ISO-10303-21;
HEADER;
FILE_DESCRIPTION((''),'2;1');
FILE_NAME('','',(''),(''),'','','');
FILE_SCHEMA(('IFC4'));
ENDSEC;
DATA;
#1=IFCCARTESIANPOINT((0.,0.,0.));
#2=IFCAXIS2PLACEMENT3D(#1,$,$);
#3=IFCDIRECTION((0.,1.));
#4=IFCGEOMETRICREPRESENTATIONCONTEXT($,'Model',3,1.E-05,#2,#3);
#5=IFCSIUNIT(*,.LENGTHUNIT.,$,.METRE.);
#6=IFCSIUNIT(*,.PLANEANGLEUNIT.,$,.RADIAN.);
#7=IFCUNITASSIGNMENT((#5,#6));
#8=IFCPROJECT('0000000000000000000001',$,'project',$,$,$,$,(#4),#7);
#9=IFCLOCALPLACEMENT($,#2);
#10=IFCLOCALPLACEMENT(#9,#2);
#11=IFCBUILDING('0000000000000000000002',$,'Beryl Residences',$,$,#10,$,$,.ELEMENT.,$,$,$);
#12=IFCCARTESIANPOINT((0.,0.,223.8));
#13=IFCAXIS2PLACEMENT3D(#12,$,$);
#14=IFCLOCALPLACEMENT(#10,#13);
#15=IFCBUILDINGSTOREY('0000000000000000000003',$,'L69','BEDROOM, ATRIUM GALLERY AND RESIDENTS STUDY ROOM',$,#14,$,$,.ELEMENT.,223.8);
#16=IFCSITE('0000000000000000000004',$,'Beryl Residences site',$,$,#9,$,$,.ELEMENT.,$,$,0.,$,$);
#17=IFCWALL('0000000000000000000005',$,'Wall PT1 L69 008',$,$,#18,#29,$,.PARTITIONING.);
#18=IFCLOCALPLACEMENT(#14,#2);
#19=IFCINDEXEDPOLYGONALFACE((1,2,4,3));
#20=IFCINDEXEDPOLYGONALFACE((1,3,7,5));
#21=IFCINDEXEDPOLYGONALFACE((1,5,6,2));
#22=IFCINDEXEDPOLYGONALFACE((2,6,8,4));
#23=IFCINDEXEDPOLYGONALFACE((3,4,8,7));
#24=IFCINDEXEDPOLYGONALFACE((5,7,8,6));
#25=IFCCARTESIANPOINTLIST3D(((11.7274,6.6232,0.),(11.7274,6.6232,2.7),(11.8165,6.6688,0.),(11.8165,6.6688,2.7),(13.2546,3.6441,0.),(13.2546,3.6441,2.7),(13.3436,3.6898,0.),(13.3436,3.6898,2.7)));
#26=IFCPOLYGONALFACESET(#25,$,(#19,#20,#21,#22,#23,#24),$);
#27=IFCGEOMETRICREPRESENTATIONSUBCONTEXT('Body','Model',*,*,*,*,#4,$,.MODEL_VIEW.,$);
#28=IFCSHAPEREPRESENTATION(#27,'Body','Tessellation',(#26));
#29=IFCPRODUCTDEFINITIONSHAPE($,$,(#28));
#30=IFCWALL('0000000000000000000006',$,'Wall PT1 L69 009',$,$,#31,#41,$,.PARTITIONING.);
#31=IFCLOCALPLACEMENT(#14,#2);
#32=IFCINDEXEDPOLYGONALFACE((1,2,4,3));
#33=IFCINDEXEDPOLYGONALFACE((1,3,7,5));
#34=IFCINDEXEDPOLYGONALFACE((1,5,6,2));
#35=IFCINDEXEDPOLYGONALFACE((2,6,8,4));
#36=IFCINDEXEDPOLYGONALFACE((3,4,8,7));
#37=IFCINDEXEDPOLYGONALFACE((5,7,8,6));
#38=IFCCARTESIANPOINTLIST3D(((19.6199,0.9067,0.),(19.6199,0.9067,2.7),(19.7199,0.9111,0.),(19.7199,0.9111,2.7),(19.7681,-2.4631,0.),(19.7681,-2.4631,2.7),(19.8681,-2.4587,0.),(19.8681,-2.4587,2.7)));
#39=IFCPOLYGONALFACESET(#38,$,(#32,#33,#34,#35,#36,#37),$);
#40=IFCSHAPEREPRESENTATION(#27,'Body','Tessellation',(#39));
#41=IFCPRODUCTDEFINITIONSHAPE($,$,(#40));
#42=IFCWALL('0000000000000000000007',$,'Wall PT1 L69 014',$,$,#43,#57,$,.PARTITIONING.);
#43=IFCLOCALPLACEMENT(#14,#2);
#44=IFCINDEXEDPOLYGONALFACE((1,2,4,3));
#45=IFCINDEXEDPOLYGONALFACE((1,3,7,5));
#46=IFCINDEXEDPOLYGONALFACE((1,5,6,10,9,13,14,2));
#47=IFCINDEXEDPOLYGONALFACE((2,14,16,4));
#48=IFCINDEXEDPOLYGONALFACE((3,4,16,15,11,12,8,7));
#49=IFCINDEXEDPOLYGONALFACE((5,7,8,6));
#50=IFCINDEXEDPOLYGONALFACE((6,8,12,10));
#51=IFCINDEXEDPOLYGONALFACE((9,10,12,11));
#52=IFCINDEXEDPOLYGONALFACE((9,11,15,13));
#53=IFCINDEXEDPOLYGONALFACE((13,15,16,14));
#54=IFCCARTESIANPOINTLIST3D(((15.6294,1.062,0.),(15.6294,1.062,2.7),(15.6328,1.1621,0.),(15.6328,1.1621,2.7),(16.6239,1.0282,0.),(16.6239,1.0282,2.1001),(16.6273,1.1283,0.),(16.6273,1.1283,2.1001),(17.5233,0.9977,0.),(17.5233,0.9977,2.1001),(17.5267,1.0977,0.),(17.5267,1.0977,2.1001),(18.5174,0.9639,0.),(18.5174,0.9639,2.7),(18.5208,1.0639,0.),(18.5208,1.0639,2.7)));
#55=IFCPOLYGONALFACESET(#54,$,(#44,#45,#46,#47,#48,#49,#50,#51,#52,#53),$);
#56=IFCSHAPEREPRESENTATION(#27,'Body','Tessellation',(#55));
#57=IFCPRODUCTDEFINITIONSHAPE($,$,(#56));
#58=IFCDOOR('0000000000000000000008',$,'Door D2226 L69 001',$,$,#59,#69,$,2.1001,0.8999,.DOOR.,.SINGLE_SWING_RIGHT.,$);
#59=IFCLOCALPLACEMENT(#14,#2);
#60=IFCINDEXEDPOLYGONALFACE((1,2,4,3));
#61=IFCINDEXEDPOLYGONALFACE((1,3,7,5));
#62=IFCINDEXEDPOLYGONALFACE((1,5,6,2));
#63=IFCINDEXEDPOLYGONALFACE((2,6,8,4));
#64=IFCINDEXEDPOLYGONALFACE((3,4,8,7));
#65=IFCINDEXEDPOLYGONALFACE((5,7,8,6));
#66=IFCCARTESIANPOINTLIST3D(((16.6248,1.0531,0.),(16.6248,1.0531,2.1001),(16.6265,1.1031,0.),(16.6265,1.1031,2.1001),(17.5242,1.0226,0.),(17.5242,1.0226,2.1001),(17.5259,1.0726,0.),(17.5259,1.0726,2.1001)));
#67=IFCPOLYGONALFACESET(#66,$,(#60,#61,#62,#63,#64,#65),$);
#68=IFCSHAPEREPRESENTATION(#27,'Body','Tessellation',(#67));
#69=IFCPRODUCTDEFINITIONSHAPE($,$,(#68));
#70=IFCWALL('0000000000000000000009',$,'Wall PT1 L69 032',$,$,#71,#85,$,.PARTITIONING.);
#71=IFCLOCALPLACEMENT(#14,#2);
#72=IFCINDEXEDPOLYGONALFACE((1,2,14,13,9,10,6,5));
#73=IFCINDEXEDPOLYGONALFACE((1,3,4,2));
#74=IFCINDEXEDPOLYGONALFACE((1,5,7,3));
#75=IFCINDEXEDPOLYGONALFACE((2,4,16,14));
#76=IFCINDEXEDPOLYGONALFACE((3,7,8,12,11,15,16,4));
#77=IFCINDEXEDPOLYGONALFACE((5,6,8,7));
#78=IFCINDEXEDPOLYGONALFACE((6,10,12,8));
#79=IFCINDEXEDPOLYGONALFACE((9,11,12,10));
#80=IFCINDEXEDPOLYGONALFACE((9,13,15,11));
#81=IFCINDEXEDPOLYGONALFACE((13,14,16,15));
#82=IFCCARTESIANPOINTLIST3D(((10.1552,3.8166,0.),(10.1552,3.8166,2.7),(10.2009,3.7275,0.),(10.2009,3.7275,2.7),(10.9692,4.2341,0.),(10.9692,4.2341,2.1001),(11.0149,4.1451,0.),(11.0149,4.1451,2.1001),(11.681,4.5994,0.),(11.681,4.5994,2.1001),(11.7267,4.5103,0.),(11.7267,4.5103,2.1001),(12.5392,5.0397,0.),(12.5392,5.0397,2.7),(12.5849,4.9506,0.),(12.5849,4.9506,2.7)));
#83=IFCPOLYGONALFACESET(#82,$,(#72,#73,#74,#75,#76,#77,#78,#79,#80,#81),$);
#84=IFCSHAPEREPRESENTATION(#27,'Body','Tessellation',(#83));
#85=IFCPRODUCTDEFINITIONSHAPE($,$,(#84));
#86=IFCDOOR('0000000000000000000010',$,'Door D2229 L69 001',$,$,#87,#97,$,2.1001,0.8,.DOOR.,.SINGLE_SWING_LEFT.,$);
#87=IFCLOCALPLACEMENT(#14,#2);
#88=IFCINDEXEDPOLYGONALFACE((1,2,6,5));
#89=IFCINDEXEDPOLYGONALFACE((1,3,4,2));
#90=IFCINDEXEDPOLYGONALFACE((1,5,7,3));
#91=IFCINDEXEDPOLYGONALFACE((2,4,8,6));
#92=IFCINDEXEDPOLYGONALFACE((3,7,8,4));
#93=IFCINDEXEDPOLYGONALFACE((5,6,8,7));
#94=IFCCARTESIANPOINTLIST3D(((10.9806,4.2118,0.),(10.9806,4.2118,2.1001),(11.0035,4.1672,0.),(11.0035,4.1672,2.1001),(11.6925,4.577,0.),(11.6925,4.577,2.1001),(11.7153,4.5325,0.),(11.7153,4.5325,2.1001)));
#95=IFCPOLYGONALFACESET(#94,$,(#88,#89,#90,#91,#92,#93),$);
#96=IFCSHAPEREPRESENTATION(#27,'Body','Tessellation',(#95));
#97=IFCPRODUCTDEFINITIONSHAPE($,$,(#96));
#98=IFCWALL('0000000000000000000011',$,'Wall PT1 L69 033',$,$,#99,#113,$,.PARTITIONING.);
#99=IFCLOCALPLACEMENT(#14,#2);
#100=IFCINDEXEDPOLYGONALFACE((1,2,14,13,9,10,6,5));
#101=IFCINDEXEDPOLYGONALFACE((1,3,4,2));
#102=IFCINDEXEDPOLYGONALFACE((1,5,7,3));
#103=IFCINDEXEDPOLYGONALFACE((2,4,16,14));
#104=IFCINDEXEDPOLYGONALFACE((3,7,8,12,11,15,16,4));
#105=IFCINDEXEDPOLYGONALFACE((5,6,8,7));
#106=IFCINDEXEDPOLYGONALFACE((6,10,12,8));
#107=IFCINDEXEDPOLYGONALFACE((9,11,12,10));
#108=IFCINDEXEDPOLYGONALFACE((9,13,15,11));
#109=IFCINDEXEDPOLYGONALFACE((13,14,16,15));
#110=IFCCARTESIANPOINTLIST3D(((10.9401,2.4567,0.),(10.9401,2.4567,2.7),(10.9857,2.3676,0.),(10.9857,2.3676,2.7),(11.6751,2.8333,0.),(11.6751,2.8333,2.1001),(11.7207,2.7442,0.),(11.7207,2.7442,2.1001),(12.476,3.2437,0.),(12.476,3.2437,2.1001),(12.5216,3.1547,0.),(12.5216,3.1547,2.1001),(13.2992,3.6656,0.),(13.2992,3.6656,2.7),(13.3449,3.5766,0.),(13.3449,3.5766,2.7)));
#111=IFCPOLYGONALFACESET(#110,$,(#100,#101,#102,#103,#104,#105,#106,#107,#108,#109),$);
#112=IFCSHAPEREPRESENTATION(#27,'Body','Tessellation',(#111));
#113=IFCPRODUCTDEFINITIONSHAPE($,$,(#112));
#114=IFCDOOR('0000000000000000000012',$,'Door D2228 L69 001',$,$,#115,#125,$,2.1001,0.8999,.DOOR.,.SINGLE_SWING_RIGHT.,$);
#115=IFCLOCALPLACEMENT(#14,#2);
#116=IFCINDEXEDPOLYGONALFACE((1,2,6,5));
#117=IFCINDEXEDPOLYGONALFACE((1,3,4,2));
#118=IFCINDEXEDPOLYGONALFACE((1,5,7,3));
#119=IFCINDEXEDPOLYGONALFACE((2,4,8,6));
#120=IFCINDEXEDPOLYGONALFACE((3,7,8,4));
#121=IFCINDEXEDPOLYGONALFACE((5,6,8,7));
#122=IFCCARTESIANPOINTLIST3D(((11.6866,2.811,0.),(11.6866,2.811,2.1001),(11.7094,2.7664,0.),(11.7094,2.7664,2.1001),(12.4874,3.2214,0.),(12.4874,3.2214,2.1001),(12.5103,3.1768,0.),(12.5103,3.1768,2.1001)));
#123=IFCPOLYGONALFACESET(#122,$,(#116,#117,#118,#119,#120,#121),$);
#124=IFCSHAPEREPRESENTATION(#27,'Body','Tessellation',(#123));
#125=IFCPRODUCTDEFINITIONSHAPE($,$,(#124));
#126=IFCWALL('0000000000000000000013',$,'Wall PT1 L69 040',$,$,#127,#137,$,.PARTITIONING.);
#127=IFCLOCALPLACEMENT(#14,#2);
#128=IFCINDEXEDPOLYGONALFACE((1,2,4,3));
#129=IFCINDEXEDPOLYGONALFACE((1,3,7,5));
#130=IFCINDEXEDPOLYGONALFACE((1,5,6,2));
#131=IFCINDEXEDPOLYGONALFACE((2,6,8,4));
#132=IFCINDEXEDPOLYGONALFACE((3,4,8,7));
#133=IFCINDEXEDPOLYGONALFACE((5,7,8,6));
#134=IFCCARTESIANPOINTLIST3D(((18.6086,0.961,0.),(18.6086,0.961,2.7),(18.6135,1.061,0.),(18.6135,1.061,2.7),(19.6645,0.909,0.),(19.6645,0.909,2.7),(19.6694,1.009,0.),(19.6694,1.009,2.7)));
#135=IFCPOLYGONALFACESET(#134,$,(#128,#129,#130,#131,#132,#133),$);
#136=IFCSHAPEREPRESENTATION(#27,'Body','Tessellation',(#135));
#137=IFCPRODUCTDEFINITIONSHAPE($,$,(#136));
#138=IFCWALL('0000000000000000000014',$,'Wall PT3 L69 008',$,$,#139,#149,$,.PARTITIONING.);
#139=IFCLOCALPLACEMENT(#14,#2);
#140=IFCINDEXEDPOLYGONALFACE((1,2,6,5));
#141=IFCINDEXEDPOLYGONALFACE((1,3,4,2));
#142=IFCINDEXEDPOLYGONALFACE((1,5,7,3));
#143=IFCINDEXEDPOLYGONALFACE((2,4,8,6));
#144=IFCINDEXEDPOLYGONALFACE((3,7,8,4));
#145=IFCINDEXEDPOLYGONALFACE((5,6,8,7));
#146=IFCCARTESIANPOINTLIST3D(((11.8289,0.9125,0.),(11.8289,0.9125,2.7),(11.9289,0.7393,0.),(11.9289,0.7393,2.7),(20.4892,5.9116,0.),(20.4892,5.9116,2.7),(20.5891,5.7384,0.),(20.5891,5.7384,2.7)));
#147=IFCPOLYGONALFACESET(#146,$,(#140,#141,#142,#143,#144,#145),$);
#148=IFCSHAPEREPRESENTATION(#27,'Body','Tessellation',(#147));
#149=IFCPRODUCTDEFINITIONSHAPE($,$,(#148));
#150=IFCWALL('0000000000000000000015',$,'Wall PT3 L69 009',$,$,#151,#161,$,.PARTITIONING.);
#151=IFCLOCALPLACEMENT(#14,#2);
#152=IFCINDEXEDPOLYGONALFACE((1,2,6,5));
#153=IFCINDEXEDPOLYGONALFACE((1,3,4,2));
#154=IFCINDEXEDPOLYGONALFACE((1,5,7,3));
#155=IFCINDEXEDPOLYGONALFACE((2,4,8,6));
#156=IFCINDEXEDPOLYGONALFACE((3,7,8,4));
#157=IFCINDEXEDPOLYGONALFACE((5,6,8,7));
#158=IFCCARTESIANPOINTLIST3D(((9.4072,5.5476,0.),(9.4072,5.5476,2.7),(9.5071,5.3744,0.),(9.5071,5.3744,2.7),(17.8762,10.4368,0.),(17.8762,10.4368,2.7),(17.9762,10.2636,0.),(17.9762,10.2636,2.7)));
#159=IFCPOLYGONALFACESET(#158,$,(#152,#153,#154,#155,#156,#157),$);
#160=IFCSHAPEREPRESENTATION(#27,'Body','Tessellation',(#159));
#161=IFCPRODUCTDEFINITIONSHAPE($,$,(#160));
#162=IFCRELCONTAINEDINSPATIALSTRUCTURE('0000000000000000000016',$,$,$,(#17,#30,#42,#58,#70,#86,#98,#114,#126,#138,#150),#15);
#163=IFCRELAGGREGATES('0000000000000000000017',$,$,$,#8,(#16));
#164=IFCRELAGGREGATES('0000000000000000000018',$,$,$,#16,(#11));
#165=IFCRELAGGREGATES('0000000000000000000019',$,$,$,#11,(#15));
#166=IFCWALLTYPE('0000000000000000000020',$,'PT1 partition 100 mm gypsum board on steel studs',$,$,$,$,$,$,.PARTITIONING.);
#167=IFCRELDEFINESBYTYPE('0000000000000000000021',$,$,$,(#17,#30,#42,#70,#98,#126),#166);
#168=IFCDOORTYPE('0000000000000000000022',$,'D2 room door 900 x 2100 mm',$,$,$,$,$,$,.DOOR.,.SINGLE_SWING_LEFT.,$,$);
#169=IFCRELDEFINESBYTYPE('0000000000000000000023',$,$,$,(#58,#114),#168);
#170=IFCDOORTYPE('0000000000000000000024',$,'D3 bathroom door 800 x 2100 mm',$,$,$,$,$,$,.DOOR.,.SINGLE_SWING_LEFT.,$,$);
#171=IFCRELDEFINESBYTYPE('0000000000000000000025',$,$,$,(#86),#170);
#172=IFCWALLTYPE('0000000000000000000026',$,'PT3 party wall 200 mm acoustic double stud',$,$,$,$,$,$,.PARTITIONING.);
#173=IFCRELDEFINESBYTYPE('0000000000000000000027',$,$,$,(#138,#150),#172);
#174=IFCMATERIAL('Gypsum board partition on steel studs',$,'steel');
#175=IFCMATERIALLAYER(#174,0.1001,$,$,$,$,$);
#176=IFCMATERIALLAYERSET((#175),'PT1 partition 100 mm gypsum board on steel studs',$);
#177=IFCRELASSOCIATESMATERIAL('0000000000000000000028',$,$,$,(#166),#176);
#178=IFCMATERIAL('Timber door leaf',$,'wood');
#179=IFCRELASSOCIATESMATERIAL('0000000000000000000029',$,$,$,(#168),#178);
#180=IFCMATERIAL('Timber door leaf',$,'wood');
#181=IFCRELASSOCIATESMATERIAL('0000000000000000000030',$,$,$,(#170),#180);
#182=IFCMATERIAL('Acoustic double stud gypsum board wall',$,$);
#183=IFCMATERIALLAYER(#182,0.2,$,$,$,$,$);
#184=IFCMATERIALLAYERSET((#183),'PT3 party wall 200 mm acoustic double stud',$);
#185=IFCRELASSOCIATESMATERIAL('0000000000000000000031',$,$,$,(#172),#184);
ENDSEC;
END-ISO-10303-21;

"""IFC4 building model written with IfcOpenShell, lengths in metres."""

from ifc_helpers import new_model, si_unit, direction, frame, frame_2d, origin, place, context, subcontext, project, spatial, rectangle, extrude, material, layer, layer_set, type_object, element, fill, save


model = new_model("IFC4")

# Units and contexts
model_context = context("Model", 3, precision=1e-05, world=origin(), true_north=direction((0.0, 1.0)))
body_context = subcontext(model_context, "Body", "Model", "MODEL_VIEW")
ifc_project = project(units=[si_unit("LENGTHUNIT", "METRE"), si_unit("PLANEANGLEUNIT", "RADIAN")], contexts=[model_context])

# Site, building, storey
site_placement = place(None, origin())
site = spatial("IfcSite", under=ifc_project, at=site_placement, Name="Beryl Residences site", CompositionType="ELEMENT", RefElevation=0.0)
building_placement = place(site_placement, origin())
building = spatial("IfcBuilding", under=site, at=building_placement, Name="Beryl Residences", CompositionType="ELEMENT")
storey_placement = place(building_placement, frame((0.0, 0.0, 223.8)))
storey = spatial("IfcBuildingStorey", under=building, at=storey_placement, Name="L69", Description="BEDROOM, ATRIUM GALLERY AND RESIDENTS STUDY ROOM", CompositionType="ELEMENT", Elevation=223.8)

# Walls
ifc_material_1 = material(Name="Gypsum board partition on steel studs", Category="steel")
ifc_layer_1 = layer(ifc_material_1, 0.1001)
ifc_layer_set_1 = layer_set([ifc_layer_1], Name="PT1 partition 100 mm gypsum board on steel studs")
wall_type_1 = type_object("IfcWallType", Name="PT1 partition 100 mm gypsum board on steel studs", PredefinedType="PARTITIONING", material=ifc_layer_set_1)
wall_1_placement = place(storey_placement, frame((11.772, 6.646, 0.0), z_axis=(0.0, 0.0, 1.0), x_axis=(0.456176, -0.88989, 0.0)))
element("IfcWall", 1, at=wall_1_placement, inside=storey, type_object=wall_type_1, Name="Wall PT1 L69 008", PredefinedType="PARTITIONING", context=body_context, shape_type="SweptSolid", body=[
    extrude(rectangle(XDim=3.3477, YDim=0.1001, at=frame_2d((1.6738, 0.0))), origin(), (0.0, 0.0, 1.0), 2.7),
])
wall_2_placement = place(storey_placement, frame((19.6699, 0.9089, 0.0), z_axis=(0.0, 0.0, 1.0), x_axis=(0.043933, -0.999034, 0.0)))
element("IfcWall", 2, at=wall_2_placement, inside=storey, type_object=wall_type_1, Name="Wall PT1 L69 009", PredefinedType="PARTITIONING", context=body_context, shape_type="SweptSolid", body=[
    extrude(rectangle(XDim=3.373, YDim=0.1001, at=frame_2d((1.6865, 0.0))), origin(), (0.0, 0.0, 1.0), 2.7),
])

# Walls, openings, doors
wall_3_placement = place(storey_placement, frame((15.6311, 1.1121, 0.0), z_axis=(0.0, 0.0, 1.0), x_axis=(0.999423, -0.033965, 0.0)))
wall_3 = element("IfcWall", 3, at=wall_3_placement, inside=storey, type_object=wall_type_1, Name="Wall PT1 L69 014", PredefinedType="PARTITIONING", context=body_context, shape_type="SweptSolid", body=[
    extrude(rectangle(XDim=2.8896, YDim=0.1001, at=frame_2d((1.4448, 0.0))), origin(), (0.0, 0.0, 1.0), 2.7),
])
opening_1_placement = place(wall_3_placement, frame((0.9951, 0.0, 0.0)))
opening_1 = element("IfcOpeningElement", 4, at=opening_1_placement, cuts=wall_3, PredefinedType="OPENING", context=body_context, shape_type="SweptSolid", body=[
    extrude(rectangle(XDim=0.8999, YDim=2.1001, at=frame_2d((0.45, 1.05))), frame((0.0, 0.0601, 0.0), z_axis=(0.0, -1.0, 0.0), x_axis=(1.0, 0.0, 0.0)), (0.0, 0.0, 1.0), 0.1201),
])
ifc_material_2 = material(Name="Timber door leaf", Category="wood")
door_type_1 = type_object("IfcDoorType", Name="D2 room door 900 x 2100 mm", OperationType="SINGLE_SWING_LEFT", PredefinedType="DOOR", material=ifc_material_2)
door_1_placement = place(opening_1_placement, origin())
door_1 = element("IfcDoor", 5, at=door_1_placement, inside=storey, type_object=door_type_1, Name="Door D2226 L69 001", OperationType="SINGLE_SWING_RIGHT", OverallHeight=2.1001, OverallWidth=0.8999, PredefinedType="DOOR", context=body_context, shape_type="SweptSolid", body=[
    extrude(rectangle(XDim=0.8999, YDim=2.1001, at=frame_2d((0.45, 1.05))), frame((0.0, 0.0249, 0.0), z_axis=(0.0, -1.0, 0.0), x_axis=(1.0, 0.0, 0.0)), (0.0, 0.0, 1.0), 0.05),
])
fill(opening_1, door_1)
wall_4_placement = place(storey_placement, frame((10.178, 3.772, 0.0), z_axis=(0.0, 0.0, 1.0), x_axis=(0.889732, 0.456483, 0.0)))
wall_4 = element("IfcWall", 6, at=wall_4_placement, inside=storey, type_object=wall_type_1, Name="Wall PT1 L69 032", PredefinedType="PARTITIONING", context=body_context, shape_type="SweptSolid", body=[
    extrude(rectangle(XDim=2.6794, YDim=0.1001, at=frame_2d((1.3398, 0.0))), origin(), (0.0, 0.0, 1.0), 2.7),
])
opening_2_placement = place(wall_4_placement, frame((0.915, 0.0, 0.0)))
opening_2 = element("IfcOpeningElement", 7, at=opening_2_placement, cuts=wall_4, PredefinedType="OPENING", context=body_context, shape_type="SweptSolid", body=[
    extrude(rectangle(XDim=0.8, YDim=2.1001, at=frame_2d((0.3999, 1.05))), frame((0.0, 0.0601, 0.0), z_axis=(0.0, -1.0, 0.0), x_axis=(1.0, 0.0, 0.0)), (0.0, 0.0, 1.0), 0.1201),
])
ifc_material_3 = material(Name="Timber door leaf", Category="wood")
door_type_2 = type_object("IfcDoorType", Name="D3 bathroom door 800 x 2100 mm", OperationType="SINGLE_SWING_LEFT", PredefinedType="DOOR", material=ifc_material_3)
door_2_placement = place(opening_2_placement, origin())
door_2 = element("IfcDoor", 8, at=door_2_placement, inside=storey, type_object=door_type_2, Name="Door D2229 L69 001", OperationType="SINGLE_SWING_LEFT", OverallHeight=2.1001, OverallWidth=0.8, PredefinedType="DOOR", context=body_context, shape_type="SweptSolid", body=[
    extrude(rectangle(XDim=0.8, YDim=2.1001, at=frame_2d((0.3999, 1.05))), frame((0.0, 0.0249, 0.0), z_axis=(0.0, -1.0, 0.0), x_axis=(1.0, 0.0, 0.0)), (0.0, 0.0, 1.0), 0.05),
])
fill(opening_2, door_2)
wall_5_placement = place(storey_placement, frame((10.9629, 2.4121, 0.0), z_axis=(0.0, 0.0, 1.0), x_axis=(0.889944, 0.45607, 0.0)))
wall_5 = element("IfcWall", 9, at=wall_5_placement, inside=storey, type_object=wall_type_1, Name="Wall PT1 L69 033", PredefinedType="PARTITIONING", context=body_context, shape_type="SweptSolid", body=[
    extrude(rectangle(XDim=2.6509, YDim=0.1001, at=frame_2d((1.3254, 0.0))), origin(), (0.0, 0.0, 1.0), 2.7),
])
opening_3_placement = place(wall_5_placement, frame((0.8259, 0.0, 0.0)))
opening_3 = element("IfcOpeningElement", 10, at=opening_3_placement, cuts=wall_5, PredefinedType="OPENING", context=body_context, shape_type="SweptSolid", body=[
    extrude(rectangle(XDim=0.8999, YDim=2.1001, at=frame_2d((0.45, 1.05))), frame((0.0, 0.0601, 0.0), z_axis=(0.0, -1.0, 0.0), x_axis=(1.0, 0.0, 0.0)), (0.0, 0.0, 1.0), 0.1201),
])
door_3_placement = place(opening_3_placement, origin())
door_3 = element("IfcDoor", 11, at=door_3_placement, inside=storey, type_object=door_type_1, Name="Door D2228 L69 001", OperationType="SINGLE_SWING_RIGHT", OverallHeight=2.1001, OverallWidth=0.8999, PredefinedType="DOOR", context=body_context, shape_type="SweptSolid", body=[
    extrude(rectangle(XDim=0.8999, YDim=2.1001, at=frame_2d((0.45, 1.05))), frame((0.0, 0.0249, 0.0), z_axis=(0.0, -1.0, 0.0), x_axis=(1.0, 0.0, 0.0)), (0.0, 0.0, 1.0), 0.05),
])
fill(opening_3, door_3)

# Walls
wall_6_placement = place(storey_placement, frame((18.6111, 1.011, 0.0), z_axis=(0.0, 0.0, 1.0), x_axis=(0.998789, -0.049189, 0.0)))
element("IfcWall", 12, at=wall_6_placement, inside=storey, type_object=wall_type_1, Name="Wall PT1 L69 040", PredefinedType="PARTITIONING", context=body_context, shape_type="SweptSolid", body=[
    extrude(rectangle(XDim=1.0571, YDim=0.1001, at=frame_2d((0.5286, 0.0))), origin(), (0.0, 0.0, 1.0), 2.7),
])
ifc_material_4 = material(Name="Acoustic double stud gypsum board wall")
ifc_layer_2 = layer(ifc_material_4, 0.2)
ifc_layer_set_2 = layer_set([ifc_layer_2], Name="PT3 party wall 200 mm acoustic double stud")
wall_type_2 = type_object("IfcWallType", Name="PT3 party wall 200 mm acoustic double stud", PredefinedType="PARTITIONING", material=ifc_layer_set_2)
wall_7_placement = place(storey_placement, frame((11.8789, 0.8259, 0.0), z_axis=(0.0, 0.0, 1.0), x_axis=(0.866065, 0.499931, 0.0)))
element("IfcWall", 13, at=wall_7_placement, inside=storey, type_object=wall_type_2, Name="Wall PT3 L69 008", PredefinedType="PARTITIONING", context=body_context, shape_type="SweptSolid", body=[
    extrude(rectangle(XDim=9.9995, YDim=0.2, at=frame_2d((4.9998, 0.0))), origin(), (0.0, 0.0, 1.0), 2.7),
])
wall_8_placement = place(storey_placement, frame((9.457, 5.4609, 0.0), z_axis=(0.0, 0.0, 1.0), x_axis=(0.866044, 0.499968, 0.0)))
element("IfcWall", 14, at=wall_8_placement, inside=storey, type_object=wall_type_2, Name="Wall PT3 L69 009", PredefinedType="PARTITIONING", context=body_context, shape_type="SweptSolid", body=[
    extrude(rectangle(XDim=9.7791, YDim=0.2, at=frame_2d((4.8896, 0.0))), origin(), (0.0, 0.0, 1.0), 2.7),
])

save(model, "model.ifc")
